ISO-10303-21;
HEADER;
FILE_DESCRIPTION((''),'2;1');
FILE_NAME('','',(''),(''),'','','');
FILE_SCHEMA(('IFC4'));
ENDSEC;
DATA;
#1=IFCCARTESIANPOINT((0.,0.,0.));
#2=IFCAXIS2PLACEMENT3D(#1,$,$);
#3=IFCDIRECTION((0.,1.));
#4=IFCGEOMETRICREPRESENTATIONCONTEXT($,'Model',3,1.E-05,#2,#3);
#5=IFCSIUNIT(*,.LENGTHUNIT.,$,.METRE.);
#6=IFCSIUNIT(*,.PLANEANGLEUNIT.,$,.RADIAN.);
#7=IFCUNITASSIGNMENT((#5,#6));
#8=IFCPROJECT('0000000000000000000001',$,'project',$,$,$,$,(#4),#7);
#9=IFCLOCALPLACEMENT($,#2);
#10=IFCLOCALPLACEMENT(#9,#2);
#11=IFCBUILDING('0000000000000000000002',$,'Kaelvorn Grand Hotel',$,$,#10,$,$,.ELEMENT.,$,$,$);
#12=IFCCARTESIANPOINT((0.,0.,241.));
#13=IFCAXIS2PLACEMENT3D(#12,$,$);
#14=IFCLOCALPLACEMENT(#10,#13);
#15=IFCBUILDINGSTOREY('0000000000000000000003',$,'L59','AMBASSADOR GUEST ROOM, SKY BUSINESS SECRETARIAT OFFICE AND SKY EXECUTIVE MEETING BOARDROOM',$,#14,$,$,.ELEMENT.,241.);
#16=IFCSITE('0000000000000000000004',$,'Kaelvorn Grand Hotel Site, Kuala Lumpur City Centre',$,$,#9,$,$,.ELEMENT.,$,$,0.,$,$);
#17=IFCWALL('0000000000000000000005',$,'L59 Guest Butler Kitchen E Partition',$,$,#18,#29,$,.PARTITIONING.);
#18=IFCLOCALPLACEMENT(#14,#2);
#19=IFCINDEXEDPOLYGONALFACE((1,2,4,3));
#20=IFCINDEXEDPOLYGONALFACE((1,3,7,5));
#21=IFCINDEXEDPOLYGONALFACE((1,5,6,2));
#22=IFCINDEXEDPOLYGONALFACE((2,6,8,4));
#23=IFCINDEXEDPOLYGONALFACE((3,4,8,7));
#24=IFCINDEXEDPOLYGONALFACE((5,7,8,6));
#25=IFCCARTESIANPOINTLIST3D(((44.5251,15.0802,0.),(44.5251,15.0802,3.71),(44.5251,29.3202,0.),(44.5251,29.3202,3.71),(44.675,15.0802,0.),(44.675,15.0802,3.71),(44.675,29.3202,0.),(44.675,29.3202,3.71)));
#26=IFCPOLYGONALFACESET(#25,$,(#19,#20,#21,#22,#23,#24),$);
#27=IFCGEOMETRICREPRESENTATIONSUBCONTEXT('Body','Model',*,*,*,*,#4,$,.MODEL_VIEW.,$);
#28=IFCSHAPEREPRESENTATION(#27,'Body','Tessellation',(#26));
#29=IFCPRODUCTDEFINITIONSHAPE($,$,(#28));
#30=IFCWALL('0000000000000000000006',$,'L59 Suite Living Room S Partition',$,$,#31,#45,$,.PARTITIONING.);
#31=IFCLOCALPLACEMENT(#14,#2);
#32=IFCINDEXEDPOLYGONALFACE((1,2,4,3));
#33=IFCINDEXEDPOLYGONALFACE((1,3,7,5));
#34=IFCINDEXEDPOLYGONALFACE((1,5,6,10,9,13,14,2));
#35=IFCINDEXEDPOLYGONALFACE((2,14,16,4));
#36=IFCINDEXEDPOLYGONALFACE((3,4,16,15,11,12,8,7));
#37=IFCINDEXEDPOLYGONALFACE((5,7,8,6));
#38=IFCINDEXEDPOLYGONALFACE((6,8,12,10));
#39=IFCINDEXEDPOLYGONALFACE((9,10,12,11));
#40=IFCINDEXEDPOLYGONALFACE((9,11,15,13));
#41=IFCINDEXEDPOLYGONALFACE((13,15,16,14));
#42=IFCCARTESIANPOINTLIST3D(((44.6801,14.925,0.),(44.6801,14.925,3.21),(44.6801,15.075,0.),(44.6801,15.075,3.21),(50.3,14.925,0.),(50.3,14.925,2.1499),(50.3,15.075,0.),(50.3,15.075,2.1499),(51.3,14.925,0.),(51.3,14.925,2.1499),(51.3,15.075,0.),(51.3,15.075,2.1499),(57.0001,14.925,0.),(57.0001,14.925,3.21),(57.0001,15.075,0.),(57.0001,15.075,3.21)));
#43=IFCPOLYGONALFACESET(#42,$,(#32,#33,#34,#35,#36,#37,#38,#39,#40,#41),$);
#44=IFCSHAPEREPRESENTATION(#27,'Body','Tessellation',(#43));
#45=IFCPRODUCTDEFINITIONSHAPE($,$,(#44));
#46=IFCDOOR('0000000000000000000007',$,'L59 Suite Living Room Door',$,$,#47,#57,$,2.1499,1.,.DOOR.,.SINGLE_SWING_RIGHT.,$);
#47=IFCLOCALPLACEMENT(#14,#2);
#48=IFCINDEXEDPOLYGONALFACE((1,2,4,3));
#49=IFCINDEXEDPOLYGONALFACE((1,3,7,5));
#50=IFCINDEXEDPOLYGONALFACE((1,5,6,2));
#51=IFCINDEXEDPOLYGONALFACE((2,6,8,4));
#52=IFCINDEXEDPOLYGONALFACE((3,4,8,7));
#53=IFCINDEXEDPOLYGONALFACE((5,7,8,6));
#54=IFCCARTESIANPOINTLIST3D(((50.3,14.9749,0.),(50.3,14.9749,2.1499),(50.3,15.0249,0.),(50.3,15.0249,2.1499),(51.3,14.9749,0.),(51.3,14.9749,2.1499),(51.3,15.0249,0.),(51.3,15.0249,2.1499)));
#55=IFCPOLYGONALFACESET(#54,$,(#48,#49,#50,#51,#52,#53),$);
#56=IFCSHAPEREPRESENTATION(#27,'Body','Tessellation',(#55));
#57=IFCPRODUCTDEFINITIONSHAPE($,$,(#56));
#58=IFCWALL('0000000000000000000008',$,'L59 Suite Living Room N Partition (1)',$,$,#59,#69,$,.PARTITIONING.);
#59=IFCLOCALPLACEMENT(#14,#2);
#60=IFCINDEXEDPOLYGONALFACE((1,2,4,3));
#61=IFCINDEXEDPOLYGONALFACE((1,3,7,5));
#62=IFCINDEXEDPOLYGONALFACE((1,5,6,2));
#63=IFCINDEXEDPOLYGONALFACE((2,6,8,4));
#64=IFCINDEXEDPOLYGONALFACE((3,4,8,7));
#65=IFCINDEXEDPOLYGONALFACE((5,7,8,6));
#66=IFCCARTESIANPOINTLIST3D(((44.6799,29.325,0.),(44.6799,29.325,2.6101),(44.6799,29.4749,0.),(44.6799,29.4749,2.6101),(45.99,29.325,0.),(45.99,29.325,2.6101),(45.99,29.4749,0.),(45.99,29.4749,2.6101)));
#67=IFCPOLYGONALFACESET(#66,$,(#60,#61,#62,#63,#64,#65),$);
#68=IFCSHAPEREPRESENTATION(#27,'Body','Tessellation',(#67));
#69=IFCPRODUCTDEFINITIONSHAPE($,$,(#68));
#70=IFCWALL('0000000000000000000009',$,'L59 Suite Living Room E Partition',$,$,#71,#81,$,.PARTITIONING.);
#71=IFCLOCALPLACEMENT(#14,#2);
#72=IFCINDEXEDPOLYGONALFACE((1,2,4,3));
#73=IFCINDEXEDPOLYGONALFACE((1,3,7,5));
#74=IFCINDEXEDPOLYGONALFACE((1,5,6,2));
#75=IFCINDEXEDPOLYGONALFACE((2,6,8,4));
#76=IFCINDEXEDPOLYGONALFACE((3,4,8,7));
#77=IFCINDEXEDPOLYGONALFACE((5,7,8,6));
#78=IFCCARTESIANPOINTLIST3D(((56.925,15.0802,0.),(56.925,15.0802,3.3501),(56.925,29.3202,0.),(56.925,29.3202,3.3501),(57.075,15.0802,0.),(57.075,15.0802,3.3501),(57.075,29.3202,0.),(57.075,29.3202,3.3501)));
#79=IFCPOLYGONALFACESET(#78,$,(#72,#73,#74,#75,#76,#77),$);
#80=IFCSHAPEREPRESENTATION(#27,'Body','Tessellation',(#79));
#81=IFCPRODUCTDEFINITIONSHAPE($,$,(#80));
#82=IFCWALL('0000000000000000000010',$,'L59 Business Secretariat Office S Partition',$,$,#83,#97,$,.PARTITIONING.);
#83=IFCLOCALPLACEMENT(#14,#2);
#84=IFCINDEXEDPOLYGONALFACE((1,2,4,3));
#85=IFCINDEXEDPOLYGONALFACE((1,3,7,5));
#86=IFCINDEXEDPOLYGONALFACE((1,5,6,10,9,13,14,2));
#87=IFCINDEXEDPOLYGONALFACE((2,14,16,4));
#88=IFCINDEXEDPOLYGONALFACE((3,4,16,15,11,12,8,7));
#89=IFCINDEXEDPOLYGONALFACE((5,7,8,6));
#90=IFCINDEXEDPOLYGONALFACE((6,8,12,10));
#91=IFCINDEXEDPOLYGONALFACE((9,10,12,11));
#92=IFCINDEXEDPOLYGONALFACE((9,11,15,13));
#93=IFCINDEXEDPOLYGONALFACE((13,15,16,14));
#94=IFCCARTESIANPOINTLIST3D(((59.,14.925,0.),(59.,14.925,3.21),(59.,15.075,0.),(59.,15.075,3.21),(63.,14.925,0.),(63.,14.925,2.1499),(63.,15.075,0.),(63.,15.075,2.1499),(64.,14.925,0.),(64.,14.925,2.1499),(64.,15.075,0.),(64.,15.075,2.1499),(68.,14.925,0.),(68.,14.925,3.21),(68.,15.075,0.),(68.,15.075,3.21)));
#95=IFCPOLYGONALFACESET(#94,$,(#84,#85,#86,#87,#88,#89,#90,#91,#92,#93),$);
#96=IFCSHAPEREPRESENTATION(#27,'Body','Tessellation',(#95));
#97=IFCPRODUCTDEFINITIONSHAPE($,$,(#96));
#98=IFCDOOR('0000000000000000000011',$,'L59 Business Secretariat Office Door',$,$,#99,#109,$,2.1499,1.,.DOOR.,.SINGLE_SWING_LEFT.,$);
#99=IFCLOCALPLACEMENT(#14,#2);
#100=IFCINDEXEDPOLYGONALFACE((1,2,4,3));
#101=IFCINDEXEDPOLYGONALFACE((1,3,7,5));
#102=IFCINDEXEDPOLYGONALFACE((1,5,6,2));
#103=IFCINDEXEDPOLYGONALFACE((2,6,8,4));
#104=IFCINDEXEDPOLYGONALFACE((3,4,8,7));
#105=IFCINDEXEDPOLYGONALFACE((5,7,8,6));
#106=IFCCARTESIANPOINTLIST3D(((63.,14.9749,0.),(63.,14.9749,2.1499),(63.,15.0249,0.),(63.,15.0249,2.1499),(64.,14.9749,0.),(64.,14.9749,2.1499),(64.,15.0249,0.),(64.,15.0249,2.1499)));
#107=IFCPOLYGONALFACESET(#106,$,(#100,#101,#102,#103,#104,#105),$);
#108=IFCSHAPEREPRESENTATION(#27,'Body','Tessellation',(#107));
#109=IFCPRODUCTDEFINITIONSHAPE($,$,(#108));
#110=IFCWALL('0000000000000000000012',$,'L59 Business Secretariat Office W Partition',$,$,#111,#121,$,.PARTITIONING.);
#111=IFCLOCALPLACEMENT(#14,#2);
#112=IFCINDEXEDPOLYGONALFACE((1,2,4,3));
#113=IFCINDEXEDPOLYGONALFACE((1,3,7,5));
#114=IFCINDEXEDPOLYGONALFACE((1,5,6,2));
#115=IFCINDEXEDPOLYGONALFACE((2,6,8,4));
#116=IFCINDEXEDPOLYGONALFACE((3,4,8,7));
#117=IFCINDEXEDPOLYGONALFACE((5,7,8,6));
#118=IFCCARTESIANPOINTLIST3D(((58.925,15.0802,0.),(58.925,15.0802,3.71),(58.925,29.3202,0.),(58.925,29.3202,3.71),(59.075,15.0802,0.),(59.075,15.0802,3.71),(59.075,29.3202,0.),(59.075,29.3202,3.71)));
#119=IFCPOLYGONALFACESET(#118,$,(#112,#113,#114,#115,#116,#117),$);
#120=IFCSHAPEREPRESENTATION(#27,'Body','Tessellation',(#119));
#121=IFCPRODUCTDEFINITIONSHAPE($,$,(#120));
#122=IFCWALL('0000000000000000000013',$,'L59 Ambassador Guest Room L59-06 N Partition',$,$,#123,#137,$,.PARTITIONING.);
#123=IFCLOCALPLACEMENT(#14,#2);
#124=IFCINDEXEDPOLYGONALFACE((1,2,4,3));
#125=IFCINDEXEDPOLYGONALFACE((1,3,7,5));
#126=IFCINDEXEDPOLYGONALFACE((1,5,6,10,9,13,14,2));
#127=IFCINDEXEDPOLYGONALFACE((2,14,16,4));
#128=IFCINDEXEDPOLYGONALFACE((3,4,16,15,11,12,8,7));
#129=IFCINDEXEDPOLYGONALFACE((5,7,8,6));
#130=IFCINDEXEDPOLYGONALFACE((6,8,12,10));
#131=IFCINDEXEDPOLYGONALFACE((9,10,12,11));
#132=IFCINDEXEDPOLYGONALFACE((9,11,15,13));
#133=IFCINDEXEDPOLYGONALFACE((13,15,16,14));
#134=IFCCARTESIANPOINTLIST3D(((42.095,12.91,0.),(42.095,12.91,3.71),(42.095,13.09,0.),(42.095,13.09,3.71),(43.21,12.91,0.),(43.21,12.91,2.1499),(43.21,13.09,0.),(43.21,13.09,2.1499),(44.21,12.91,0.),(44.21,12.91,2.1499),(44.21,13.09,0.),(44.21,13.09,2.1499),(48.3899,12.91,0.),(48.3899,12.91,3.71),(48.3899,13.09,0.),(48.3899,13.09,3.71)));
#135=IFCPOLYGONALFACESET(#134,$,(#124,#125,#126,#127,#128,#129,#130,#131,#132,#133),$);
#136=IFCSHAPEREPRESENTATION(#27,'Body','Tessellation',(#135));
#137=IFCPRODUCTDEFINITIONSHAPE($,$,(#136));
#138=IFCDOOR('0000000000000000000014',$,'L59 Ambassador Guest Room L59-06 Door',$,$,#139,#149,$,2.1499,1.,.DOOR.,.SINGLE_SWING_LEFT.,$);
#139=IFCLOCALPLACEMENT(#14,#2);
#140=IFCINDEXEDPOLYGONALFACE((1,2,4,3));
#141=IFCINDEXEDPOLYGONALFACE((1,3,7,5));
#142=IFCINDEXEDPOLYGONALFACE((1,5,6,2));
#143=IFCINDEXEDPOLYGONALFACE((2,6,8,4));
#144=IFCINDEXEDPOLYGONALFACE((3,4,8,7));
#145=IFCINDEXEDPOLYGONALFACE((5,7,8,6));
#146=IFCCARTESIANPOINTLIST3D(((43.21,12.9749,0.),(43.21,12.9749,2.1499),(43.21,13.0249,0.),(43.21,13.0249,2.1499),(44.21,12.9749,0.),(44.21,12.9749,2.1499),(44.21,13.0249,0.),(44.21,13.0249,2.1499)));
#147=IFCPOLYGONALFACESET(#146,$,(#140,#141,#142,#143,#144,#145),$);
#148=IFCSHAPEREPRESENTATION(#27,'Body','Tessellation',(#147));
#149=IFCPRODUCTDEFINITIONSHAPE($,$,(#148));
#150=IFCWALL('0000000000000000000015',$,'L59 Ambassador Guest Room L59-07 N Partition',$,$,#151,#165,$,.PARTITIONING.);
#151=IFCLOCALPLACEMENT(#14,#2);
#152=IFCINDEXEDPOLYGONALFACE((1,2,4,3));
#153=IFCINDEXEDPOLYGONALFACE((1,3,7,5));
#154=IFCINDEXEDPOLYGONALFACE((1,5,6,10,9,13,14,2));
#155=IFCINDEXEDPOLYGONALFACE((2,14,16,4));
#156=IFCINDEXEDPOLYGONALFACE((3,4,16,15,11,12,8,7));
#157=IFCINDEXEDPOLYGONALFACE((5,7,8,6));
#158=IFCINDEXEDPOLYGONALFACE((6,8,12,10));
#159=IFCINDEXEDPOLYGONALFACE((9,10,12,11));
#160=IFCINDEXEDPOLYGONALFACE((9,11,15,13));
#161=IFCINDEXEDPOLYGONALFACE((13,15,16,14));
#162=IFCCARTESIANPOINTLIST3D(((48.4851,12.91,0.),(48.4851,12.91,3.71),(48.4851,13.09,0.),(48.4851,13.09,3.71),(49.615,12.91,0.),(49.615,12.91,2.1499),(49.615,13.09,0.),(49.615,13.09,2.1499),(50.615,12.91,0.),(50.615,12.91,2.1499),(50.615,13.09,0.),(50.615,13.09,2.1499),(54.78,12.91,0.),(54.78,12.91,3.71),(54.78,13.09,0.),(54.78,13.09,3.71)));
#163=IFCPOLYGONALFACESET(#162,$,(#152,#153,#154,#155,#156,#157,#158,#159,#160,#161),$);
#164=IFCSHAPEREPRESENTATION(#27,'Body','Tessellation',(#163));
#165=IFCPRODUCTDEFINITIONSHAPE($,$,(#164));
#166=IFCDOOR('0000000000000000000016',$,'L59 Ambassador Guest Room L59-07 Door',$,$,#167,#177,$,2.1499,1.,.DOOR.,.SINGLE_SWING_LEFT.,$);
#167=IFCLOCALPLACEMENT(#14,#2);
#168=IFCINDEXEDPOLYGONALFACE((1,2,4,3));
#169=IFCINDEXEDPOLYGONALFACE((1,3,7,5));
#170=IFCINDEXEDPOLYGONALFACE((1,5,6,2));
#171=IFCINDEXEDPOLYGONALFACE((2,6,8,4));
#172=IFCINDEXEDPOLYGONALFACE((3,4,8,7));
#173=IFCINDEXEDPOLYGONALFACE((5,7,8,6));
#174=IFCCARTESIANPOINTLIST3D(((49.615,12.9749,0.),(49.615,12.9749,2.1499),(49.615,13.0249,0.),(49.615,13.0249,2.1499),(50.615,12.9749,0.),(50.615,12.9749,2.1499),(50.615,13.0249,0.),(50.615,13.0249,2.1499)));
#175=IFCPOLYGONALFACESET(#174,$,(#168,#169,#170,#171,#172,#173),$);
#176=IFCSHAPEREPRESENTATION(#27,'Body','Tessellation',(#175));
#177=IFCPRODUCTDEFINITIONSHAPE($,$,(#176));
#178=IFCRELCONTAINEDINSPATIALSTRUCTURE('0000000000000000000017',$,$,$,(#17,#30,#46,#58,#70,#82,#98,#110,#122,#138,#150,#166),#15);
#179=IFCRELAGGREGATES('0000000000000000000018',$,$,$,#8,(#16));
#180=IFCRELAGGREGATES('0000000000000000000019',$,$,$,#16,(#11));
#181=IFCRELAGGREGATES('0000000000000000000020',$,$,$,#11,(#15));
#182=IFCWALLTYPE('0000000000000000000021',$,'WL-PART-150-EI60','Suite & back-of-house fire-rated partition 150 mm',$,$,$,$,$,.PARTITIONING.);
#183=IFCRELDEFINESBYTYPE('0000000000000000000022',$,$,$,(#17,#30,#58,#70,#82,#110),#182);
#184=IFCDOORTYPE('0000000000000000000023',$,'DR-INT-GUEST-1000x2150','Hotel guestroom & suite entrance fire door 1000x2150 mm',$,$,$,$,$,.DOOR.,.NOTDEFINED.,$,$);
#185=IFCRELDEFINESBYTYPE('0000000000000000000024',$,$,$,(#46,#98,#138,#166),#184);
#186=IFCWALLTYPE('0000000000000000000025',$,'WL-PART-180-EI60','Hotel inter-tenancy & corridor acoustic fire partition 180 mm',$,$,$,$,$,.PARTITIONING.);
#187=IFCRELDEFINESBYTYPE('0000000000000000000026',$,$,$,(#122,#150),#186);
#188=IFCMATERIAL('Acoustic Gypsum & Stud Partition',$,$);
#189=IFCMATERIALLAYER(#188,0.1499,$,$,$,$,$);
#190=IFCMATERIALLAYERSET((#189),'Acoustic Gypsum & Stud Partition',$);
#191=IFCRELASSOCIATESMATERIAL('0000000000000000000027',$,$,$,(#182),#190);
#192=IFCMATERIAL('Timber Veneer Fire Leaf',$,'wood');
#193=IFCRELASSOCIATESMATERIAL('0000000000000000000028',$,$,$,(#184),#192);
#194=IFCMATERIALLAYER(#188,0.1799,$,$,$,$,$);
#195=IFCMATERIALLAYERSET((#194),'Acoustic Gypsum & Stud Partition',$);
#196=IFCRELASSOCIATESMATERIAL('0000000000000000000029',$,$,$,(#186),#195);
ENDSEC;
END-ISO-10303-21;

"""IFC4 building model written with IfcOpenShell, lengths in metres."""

from ifc_helpers import new_model, si_unit, direction, frame, frame_2d, origin, place, context, subcontext, project, spatial, rectangle, extrude, material, layer, layer_set, type_object, element, fill, save


model = new_model("IFC4")

# Units and contexts
model_context = context("Model", 3, precision=1e-05, world=origin(), true_north=direction((0.0, 1.0)))
body_context = subcontext(model_context, "Body", "Model", "MODEL_VIEW")
ifc_project = project(units=[si_unit("LENGTHUNIT", "METRE"), si_unit("PLANEANGLEUNIT", "RADIAN")], contexts=[model_context])

# Site, building, storey
site_placement = place(None, origin())
site = spatial("IfcSite", under=ifc_project, at=site_placement, Name="Kaelvorn Grand Hotel Site, Kuala Lumpur City Centre", CompositionType="ELEMENT", RefElevation=0.0)
building_placement = place(site_placement, origin())
building = spatial("IfcBuilding", under=site, at=building_placement, Name="Kaelvorn Grand Hotel", CompositionType="ELEMENT")
storey_placement = place(building_placement, frame((0.0, 0.0, 241.0)))
storey = spatial("IfcBuildingStorey", under=building, at=storey_placement, Name="L59", Description="AMBASSADOR GUEST ROOM, SKY BUSINESS SECRETARIAT OFFICE AND SKY EXECUTIVE MEETING BOARDROOM", CompositionType="ELEMENT", Elevation=241.0)

# Wall
ifc_material_1 = material(Name="Acoustic Gypsum & Stud Partition")
ifc_layer_1 = layer(ifc_material_1, 0.1499)
ifc_layer_set_1 = layer_set([ifc_layer_1], Name="Acoustic Gypsum & Stud Partition")
wall_type_1 = type_object("IfcWallType", Name="WL-PART-150-EI60", Description="Suite & back-of-house fire-rated partition 150 mm", PredefinedType="PARTITIONING", material=ifc_layer_set_1)
wall_1_placement = place(storey_placement, frame((44.6001, 15.0801, 0.0), z_axis=(0.0, 0.0, 1.0), x_axis=(0.0, 1.0, 0.0)))
element("IfcWall", 1, at=wall_1_placement, inside=storey, type_object=wall_type_1, Name="L59 Guest Butler Kitchen E Partition", PredefinedType="PARTITIONING", context=body_context, shape_type="SweptSolid", body=[
    extrude(rectangle(XDim=14.24, YDim=0.1499, at=frame_2d((7.1201, 0.0))), origin(), (0.0, 0.0, 1.0), 3.71),
])

# Wall, opening, door
wall_2_placement = place(storey_placement, frame((44.6799, 15.0, 0.0), z_axis=(0.0, 0.0, 1.0), x_axis=(1.0, 0.0, 0.0)))
wall_2 = element("IfcWall", 2, at=wall_2_placement, inside=storey, type_object=wall_type_1, Name="L59 Suite Living Room S Partition", PredefinedType="PARTITIONING", context=body_context, shape_type="SweptSolid", body=[
    extrude(rectangle(XDim=12.3201, YDim=0.1499, at=frame_2d((6.1602, 0.0))), origin(), (0.0, 0.0, 1.0), 3.21),
])
opening_1_placement = place(wall_2_placement, frame((5.6201, 0.0, 0.0)))
opening_1 = element("IfcOpeningElement", 3, at=opening_1_placement, cuts=wall_2, PredefinedType="OPENING", context=body_context, shape_type="SweptSolid", body=[
    extrude(rectangle(XDim=1.0, YDim=2.1499, at=frame_2d((0.5, 1.075))), frame((0.0, 0.085, 0.0), z_axis=(0.0, -1.0, 0.0), x_axis=(1.0, 0.0, 0.0)), (0.0, 0.0, 1.0), 0.1699),
])
ifc_material_2 = material(Name="Timber Veneer Fire Leaf", Category="wood")
door_type = type_object("IfcDoorType", Name="DR-INT-GUEST-1000x2150", Description="Hotel guestroom & suite entrance fire door 1000x2150 mm", OperationType="NOTDEFINED", PredefinedType="DOOR", material=ifc_material_2)
door_1_placement = place(opening_1_placement, origin())
door_1 = element("IfcDoor", 4, at=door_1_placement, inside=storey, type_object=door_type, Name="L59 Suite Living Room Door", OperationType="SINGLE_SWING_RIGHT", OverallHeight=2.1499, OverallWidth=1.0, PredefinedType="DOOR", context=body_context, shape_type="SweptSolid", body=[
    extrude(rectangle(XDim=1.0, YDim=2.1499, at=frame_2d((0.5, 1.075))), frame((0.0, 0.0249, 0.0), z_axis=(0.0, -1.0, 0.0), x_axis=(1.0, 0.0, 0.0)), (0.0, 0.0, 1.0), 0.05),
])
fill(opening_1, door_1)

# Walls
wall_3_placement = place(storey_placement, frame((44.6799, 29.3999, 0.0), z_axis=(0.0, 0.0, 1.0), x_axis=(1.0, 0.0, 0.0)))
element("IfcWall", 5, at=wall_3_placement, inside=storey, type_object=wall_type_1, Name="L59 Suite Living Room N Partition (1)", PredefinedType="PARTITIONING", context=body_context, shape_type="SweptSolid", body=[
    extrude(rectangle(XDim=1.3101, YDim=0.1499, at=frame_2d((0.655, 0.0))), origin(), (0.0, 0.0, 1.0), 2.6101),
])
wall_4_placement = place(storey_placement, frame((57.0, 15.0801, 0.0), z_axis=(0.0, 0.0, 1.0), x_axis=(0.0, 1.0, 0.0)))
element("IfcWall", 6, at=wall_4_placement, inside=storey, type_object=wall_type_1, Name="L59 Suite Living Room E Partition", PredefinedType="PARTITIONING", context=body_context, shape_type="SweptSolid", body=[
    extrude(rectangle(XDim=14.24, YDim=0.1499, at=frame_2d((7.1201, 0.0))), origin(), (0.0, 0.0, 1.0), 3.3501),
])

# Wall, opening, door
wall_5_placement = place(storey_placement, frame((59.0, 15.0, 0.0), z_axis=(0.0, 0.0, 1.0), x_axis=(1.0, 0.0, 0.0)))
wall_5 = element("IfcWall", 7, at=wall_5_placement, inside=storey, type_object=wall_type_1, Name="L59 Business Secretariat Office S Partition", PredefinedType="PARTITIONING", context=body_context, shape_type="SweptSolid", body=[
    extrude(rectangle(XDim=9.0, YDim=0.1499, at=frame_2d((4.5, 0.0))), origin(), (0.0, 0.0, 1.0), 3.21),
])
opening_2_placement = place(wall_5_placement, frame((4.0, 0.0, 0.0)))
opening_2 = element("IfcOpeningElement", 8, at=opening_2_placement, cuts=wall_5, PredefinedType="OPENING", context=body_context, shape_type="SweptSolid", body=[
    extrude(rectangle(XDim=1.0, YDim=2.1499, at=frame_2d((0.5, 1.075))), frame((0.0, 0.085, 0.0), z_axis=(0.0, -1.0, 0.0), x_axis=(1.0, 0.0, 0.0)), (0.0, 0.0, 1.0), 0.1699),
])
door_2_placement = place(opening_2_placement, origin())
door_2 = element("IfcDoor", 9, at=door_2_placement, inside=storey, type_object=door_type, Name="L59 Business Secretariat Office Door", OperationType="SINGLE_SWING_LEFT", OverallHeight=2.1499, OverallWidth=1.0, PredefinedType="DOOR", context=body_context, shape_type="SweptSolid", body=[
    extrude(rectangle(XDim=1.0, YDim=2.1499, at=frame_2d((0.5, 1.075))), frame((0.0, 0.0249, 0.0), z_axis=(0.0, -1.0, 0.0), x_axis=(1.0, 0.0, 0.0)), (0.0, 0.0, 1.0), 0.05),
])
fill(opening_2, door_2)

# Wall
wall_6_placement = place(storey_placement, frame((59.0, 15.0801, 0.0), z_axis=(0.0, 0.0, 1.0), x_axis=(0.0, 1.0, 0.0)))
element("IfcWall", 10, at=wall_6_placement, inside=storey, type_object=wall_type_1, Name="L59 Business Secretariat Office W Partition", PredefinedType="PARTITIONING", context=body_context, shape_type="SweptSolid", body=[
    extrude(rectangle(XDim=14.24, YDim=0.1499, at=frame_2d((7.1201, 0.0))), origin(), (0.0, 0.0, 1.0), 3.71),
])

# Walls, openings, doors
ifc_layer_2 = layer(ifc_material_1, 0.1799)
ifc_layer_set_2 = layer_set([ifc_layer_2], Name="Acoustic Gypsum & Stud Partition")
wall_type_2 = type_object("IfcWallType", Name="WL-PART-180-EI60", Description="Hotel inter-tenancy & corridor acoustic fire partition 180 mm", PredefinedType="PARTITIONING", material=ifc_layer_set_2)
wall_7_placement = place(storey_placement, frame((42.095, 13.0, 0.0), z_axis=(0.0, 0.0, 1.0), x_axis=(1.0, 0.0, 0.0)))
wall_7 = element("IfcWall", 11, at=wall_7_placement, inside=storey, type_object=wall_type_2, Name="L59 Ambassador Guest Room L59-06 N Partition", PredefinedType="PARTITIONING", context=body_context, shape_type="SweptSolid", body=[
    extrude(rectangle(XDim=6.2949, YDim=0.1799, at=frame_2d((3.1475, 0.0))), origin(), (0.0, 0.0, 1.0), 3.71),
])
opening_3_placement = place(wall_7_placement, frame((1.115, 0.0, 0.0)))
opening_3 = element("IfcOpeningElement", 12, at=opening_3_placement, cuts=wall_7, PredefinedType="OPENING", context=body_context, shape_type="SweptSolid", body=[
    extrude(rectangle(XDim=1.0, YDim=2.1499, at=frame_2d((0.5, 1.075))), frame((0.0, 0.1001, 0.0), z_axis=(0.0, -1.0, 0.0), x_axis=(1.0, 0.0, 0.0)), (0.0, 0.0, 1.0), 0.2),
])
door_3_placement = place(opening_3_placement, origin())
door_3 = element("IfcDoor", 13, at=door_3_placement, inside=storey, type_object=door_type, Name="L59 Ambassador Guest Room L59-06 Door", OperationType="SINGLE_SWING_LEFT", OverallHeight=2.1499, OverallWidth=1.0, PredefinedType="DOOR", context=body_context, shape_type="SweptSolid", body=[
    extrude(rectangle(XDim=1.0, YDim=2.1499, at=frame_2d((0.5, 1.075))), frame((0.0, 0.0249, 0.0), z_axis=(0.0, -1.0, 0.0), x_axis=(1.0, 0.0, 0.0)), (0.0, 0.0, 1.0), 0.05),
])
fill(opening_3, door_3)
wall_8_placement = place(storey_placement, frame((48.4851, 13.0, 0.0), z_axis=(0.0, 0.0, 1.0), x_axis=(1.0, 0.0, 0.0)))
wall_8 = element("IfcWall", 14, at=wall_8_placement, inside=storey, type_object=wall_type_2, Name="L59 Ambassador Guest Room L59-07 N Partition", PredefinedType="PARTITIONING", context=body_context, shape_type="SweptSolid", body=[
    extrude(rectangle(XDim=6.2949, YDim=0.1799, at=frame_2d((3.1475, 0.0))), origin(), (0.0, 0.0, 1.0), 3.71),
])
opening_4_placement = place(wall_8_placement, frame((1.1299, 0.0, 0.0)))
opening_4 = element("IfcOpeningElement", 15, at=opening_4_placement, cuts=wall_8, PredefinedType="OPENING", context=body_context, shape_type="SweptSolid", body=[
    extrude(rectangle(XDim=1.0, YDim=2.1499, at=frame_2d((0.5, 1.075))), frame((0.0, 0.1001, 0.0), z_axis=(0.0, -1.0, 0.0), x_axis=(1.0, 0.0, 0.0)), (0.0, 0.0, 1.0), 0.2),
])
door_4_placement = place(opening_4_placement, origin())
door_4 = element("IfcDoor", 16, at=door_4_placement, inside=storey, type_object=door_type, Name="L59 Ambassador Guest Room L59-07 Door", OperationType="SINGLE_SWING_LEFT", OverallHeight=2.1499, OverallWidth=1.0, PredefinedType="DOOR", context=body_context, shape_type="SweptSolid", body=[
    extrude(rectangle(XDim=1.0, YDim=2.1499, at=frame_2d((0.5, 1.075))), frame((0.0, 0.0249, 0.0), z_axis=(0.0, -1.0, 0.0), x_axis=(1.0, 0.0, 0.0)), (0.0, 0.0, 1.0), 0.05),
])
fill(opening_4, door_4)

save(model, "model.ifc")
